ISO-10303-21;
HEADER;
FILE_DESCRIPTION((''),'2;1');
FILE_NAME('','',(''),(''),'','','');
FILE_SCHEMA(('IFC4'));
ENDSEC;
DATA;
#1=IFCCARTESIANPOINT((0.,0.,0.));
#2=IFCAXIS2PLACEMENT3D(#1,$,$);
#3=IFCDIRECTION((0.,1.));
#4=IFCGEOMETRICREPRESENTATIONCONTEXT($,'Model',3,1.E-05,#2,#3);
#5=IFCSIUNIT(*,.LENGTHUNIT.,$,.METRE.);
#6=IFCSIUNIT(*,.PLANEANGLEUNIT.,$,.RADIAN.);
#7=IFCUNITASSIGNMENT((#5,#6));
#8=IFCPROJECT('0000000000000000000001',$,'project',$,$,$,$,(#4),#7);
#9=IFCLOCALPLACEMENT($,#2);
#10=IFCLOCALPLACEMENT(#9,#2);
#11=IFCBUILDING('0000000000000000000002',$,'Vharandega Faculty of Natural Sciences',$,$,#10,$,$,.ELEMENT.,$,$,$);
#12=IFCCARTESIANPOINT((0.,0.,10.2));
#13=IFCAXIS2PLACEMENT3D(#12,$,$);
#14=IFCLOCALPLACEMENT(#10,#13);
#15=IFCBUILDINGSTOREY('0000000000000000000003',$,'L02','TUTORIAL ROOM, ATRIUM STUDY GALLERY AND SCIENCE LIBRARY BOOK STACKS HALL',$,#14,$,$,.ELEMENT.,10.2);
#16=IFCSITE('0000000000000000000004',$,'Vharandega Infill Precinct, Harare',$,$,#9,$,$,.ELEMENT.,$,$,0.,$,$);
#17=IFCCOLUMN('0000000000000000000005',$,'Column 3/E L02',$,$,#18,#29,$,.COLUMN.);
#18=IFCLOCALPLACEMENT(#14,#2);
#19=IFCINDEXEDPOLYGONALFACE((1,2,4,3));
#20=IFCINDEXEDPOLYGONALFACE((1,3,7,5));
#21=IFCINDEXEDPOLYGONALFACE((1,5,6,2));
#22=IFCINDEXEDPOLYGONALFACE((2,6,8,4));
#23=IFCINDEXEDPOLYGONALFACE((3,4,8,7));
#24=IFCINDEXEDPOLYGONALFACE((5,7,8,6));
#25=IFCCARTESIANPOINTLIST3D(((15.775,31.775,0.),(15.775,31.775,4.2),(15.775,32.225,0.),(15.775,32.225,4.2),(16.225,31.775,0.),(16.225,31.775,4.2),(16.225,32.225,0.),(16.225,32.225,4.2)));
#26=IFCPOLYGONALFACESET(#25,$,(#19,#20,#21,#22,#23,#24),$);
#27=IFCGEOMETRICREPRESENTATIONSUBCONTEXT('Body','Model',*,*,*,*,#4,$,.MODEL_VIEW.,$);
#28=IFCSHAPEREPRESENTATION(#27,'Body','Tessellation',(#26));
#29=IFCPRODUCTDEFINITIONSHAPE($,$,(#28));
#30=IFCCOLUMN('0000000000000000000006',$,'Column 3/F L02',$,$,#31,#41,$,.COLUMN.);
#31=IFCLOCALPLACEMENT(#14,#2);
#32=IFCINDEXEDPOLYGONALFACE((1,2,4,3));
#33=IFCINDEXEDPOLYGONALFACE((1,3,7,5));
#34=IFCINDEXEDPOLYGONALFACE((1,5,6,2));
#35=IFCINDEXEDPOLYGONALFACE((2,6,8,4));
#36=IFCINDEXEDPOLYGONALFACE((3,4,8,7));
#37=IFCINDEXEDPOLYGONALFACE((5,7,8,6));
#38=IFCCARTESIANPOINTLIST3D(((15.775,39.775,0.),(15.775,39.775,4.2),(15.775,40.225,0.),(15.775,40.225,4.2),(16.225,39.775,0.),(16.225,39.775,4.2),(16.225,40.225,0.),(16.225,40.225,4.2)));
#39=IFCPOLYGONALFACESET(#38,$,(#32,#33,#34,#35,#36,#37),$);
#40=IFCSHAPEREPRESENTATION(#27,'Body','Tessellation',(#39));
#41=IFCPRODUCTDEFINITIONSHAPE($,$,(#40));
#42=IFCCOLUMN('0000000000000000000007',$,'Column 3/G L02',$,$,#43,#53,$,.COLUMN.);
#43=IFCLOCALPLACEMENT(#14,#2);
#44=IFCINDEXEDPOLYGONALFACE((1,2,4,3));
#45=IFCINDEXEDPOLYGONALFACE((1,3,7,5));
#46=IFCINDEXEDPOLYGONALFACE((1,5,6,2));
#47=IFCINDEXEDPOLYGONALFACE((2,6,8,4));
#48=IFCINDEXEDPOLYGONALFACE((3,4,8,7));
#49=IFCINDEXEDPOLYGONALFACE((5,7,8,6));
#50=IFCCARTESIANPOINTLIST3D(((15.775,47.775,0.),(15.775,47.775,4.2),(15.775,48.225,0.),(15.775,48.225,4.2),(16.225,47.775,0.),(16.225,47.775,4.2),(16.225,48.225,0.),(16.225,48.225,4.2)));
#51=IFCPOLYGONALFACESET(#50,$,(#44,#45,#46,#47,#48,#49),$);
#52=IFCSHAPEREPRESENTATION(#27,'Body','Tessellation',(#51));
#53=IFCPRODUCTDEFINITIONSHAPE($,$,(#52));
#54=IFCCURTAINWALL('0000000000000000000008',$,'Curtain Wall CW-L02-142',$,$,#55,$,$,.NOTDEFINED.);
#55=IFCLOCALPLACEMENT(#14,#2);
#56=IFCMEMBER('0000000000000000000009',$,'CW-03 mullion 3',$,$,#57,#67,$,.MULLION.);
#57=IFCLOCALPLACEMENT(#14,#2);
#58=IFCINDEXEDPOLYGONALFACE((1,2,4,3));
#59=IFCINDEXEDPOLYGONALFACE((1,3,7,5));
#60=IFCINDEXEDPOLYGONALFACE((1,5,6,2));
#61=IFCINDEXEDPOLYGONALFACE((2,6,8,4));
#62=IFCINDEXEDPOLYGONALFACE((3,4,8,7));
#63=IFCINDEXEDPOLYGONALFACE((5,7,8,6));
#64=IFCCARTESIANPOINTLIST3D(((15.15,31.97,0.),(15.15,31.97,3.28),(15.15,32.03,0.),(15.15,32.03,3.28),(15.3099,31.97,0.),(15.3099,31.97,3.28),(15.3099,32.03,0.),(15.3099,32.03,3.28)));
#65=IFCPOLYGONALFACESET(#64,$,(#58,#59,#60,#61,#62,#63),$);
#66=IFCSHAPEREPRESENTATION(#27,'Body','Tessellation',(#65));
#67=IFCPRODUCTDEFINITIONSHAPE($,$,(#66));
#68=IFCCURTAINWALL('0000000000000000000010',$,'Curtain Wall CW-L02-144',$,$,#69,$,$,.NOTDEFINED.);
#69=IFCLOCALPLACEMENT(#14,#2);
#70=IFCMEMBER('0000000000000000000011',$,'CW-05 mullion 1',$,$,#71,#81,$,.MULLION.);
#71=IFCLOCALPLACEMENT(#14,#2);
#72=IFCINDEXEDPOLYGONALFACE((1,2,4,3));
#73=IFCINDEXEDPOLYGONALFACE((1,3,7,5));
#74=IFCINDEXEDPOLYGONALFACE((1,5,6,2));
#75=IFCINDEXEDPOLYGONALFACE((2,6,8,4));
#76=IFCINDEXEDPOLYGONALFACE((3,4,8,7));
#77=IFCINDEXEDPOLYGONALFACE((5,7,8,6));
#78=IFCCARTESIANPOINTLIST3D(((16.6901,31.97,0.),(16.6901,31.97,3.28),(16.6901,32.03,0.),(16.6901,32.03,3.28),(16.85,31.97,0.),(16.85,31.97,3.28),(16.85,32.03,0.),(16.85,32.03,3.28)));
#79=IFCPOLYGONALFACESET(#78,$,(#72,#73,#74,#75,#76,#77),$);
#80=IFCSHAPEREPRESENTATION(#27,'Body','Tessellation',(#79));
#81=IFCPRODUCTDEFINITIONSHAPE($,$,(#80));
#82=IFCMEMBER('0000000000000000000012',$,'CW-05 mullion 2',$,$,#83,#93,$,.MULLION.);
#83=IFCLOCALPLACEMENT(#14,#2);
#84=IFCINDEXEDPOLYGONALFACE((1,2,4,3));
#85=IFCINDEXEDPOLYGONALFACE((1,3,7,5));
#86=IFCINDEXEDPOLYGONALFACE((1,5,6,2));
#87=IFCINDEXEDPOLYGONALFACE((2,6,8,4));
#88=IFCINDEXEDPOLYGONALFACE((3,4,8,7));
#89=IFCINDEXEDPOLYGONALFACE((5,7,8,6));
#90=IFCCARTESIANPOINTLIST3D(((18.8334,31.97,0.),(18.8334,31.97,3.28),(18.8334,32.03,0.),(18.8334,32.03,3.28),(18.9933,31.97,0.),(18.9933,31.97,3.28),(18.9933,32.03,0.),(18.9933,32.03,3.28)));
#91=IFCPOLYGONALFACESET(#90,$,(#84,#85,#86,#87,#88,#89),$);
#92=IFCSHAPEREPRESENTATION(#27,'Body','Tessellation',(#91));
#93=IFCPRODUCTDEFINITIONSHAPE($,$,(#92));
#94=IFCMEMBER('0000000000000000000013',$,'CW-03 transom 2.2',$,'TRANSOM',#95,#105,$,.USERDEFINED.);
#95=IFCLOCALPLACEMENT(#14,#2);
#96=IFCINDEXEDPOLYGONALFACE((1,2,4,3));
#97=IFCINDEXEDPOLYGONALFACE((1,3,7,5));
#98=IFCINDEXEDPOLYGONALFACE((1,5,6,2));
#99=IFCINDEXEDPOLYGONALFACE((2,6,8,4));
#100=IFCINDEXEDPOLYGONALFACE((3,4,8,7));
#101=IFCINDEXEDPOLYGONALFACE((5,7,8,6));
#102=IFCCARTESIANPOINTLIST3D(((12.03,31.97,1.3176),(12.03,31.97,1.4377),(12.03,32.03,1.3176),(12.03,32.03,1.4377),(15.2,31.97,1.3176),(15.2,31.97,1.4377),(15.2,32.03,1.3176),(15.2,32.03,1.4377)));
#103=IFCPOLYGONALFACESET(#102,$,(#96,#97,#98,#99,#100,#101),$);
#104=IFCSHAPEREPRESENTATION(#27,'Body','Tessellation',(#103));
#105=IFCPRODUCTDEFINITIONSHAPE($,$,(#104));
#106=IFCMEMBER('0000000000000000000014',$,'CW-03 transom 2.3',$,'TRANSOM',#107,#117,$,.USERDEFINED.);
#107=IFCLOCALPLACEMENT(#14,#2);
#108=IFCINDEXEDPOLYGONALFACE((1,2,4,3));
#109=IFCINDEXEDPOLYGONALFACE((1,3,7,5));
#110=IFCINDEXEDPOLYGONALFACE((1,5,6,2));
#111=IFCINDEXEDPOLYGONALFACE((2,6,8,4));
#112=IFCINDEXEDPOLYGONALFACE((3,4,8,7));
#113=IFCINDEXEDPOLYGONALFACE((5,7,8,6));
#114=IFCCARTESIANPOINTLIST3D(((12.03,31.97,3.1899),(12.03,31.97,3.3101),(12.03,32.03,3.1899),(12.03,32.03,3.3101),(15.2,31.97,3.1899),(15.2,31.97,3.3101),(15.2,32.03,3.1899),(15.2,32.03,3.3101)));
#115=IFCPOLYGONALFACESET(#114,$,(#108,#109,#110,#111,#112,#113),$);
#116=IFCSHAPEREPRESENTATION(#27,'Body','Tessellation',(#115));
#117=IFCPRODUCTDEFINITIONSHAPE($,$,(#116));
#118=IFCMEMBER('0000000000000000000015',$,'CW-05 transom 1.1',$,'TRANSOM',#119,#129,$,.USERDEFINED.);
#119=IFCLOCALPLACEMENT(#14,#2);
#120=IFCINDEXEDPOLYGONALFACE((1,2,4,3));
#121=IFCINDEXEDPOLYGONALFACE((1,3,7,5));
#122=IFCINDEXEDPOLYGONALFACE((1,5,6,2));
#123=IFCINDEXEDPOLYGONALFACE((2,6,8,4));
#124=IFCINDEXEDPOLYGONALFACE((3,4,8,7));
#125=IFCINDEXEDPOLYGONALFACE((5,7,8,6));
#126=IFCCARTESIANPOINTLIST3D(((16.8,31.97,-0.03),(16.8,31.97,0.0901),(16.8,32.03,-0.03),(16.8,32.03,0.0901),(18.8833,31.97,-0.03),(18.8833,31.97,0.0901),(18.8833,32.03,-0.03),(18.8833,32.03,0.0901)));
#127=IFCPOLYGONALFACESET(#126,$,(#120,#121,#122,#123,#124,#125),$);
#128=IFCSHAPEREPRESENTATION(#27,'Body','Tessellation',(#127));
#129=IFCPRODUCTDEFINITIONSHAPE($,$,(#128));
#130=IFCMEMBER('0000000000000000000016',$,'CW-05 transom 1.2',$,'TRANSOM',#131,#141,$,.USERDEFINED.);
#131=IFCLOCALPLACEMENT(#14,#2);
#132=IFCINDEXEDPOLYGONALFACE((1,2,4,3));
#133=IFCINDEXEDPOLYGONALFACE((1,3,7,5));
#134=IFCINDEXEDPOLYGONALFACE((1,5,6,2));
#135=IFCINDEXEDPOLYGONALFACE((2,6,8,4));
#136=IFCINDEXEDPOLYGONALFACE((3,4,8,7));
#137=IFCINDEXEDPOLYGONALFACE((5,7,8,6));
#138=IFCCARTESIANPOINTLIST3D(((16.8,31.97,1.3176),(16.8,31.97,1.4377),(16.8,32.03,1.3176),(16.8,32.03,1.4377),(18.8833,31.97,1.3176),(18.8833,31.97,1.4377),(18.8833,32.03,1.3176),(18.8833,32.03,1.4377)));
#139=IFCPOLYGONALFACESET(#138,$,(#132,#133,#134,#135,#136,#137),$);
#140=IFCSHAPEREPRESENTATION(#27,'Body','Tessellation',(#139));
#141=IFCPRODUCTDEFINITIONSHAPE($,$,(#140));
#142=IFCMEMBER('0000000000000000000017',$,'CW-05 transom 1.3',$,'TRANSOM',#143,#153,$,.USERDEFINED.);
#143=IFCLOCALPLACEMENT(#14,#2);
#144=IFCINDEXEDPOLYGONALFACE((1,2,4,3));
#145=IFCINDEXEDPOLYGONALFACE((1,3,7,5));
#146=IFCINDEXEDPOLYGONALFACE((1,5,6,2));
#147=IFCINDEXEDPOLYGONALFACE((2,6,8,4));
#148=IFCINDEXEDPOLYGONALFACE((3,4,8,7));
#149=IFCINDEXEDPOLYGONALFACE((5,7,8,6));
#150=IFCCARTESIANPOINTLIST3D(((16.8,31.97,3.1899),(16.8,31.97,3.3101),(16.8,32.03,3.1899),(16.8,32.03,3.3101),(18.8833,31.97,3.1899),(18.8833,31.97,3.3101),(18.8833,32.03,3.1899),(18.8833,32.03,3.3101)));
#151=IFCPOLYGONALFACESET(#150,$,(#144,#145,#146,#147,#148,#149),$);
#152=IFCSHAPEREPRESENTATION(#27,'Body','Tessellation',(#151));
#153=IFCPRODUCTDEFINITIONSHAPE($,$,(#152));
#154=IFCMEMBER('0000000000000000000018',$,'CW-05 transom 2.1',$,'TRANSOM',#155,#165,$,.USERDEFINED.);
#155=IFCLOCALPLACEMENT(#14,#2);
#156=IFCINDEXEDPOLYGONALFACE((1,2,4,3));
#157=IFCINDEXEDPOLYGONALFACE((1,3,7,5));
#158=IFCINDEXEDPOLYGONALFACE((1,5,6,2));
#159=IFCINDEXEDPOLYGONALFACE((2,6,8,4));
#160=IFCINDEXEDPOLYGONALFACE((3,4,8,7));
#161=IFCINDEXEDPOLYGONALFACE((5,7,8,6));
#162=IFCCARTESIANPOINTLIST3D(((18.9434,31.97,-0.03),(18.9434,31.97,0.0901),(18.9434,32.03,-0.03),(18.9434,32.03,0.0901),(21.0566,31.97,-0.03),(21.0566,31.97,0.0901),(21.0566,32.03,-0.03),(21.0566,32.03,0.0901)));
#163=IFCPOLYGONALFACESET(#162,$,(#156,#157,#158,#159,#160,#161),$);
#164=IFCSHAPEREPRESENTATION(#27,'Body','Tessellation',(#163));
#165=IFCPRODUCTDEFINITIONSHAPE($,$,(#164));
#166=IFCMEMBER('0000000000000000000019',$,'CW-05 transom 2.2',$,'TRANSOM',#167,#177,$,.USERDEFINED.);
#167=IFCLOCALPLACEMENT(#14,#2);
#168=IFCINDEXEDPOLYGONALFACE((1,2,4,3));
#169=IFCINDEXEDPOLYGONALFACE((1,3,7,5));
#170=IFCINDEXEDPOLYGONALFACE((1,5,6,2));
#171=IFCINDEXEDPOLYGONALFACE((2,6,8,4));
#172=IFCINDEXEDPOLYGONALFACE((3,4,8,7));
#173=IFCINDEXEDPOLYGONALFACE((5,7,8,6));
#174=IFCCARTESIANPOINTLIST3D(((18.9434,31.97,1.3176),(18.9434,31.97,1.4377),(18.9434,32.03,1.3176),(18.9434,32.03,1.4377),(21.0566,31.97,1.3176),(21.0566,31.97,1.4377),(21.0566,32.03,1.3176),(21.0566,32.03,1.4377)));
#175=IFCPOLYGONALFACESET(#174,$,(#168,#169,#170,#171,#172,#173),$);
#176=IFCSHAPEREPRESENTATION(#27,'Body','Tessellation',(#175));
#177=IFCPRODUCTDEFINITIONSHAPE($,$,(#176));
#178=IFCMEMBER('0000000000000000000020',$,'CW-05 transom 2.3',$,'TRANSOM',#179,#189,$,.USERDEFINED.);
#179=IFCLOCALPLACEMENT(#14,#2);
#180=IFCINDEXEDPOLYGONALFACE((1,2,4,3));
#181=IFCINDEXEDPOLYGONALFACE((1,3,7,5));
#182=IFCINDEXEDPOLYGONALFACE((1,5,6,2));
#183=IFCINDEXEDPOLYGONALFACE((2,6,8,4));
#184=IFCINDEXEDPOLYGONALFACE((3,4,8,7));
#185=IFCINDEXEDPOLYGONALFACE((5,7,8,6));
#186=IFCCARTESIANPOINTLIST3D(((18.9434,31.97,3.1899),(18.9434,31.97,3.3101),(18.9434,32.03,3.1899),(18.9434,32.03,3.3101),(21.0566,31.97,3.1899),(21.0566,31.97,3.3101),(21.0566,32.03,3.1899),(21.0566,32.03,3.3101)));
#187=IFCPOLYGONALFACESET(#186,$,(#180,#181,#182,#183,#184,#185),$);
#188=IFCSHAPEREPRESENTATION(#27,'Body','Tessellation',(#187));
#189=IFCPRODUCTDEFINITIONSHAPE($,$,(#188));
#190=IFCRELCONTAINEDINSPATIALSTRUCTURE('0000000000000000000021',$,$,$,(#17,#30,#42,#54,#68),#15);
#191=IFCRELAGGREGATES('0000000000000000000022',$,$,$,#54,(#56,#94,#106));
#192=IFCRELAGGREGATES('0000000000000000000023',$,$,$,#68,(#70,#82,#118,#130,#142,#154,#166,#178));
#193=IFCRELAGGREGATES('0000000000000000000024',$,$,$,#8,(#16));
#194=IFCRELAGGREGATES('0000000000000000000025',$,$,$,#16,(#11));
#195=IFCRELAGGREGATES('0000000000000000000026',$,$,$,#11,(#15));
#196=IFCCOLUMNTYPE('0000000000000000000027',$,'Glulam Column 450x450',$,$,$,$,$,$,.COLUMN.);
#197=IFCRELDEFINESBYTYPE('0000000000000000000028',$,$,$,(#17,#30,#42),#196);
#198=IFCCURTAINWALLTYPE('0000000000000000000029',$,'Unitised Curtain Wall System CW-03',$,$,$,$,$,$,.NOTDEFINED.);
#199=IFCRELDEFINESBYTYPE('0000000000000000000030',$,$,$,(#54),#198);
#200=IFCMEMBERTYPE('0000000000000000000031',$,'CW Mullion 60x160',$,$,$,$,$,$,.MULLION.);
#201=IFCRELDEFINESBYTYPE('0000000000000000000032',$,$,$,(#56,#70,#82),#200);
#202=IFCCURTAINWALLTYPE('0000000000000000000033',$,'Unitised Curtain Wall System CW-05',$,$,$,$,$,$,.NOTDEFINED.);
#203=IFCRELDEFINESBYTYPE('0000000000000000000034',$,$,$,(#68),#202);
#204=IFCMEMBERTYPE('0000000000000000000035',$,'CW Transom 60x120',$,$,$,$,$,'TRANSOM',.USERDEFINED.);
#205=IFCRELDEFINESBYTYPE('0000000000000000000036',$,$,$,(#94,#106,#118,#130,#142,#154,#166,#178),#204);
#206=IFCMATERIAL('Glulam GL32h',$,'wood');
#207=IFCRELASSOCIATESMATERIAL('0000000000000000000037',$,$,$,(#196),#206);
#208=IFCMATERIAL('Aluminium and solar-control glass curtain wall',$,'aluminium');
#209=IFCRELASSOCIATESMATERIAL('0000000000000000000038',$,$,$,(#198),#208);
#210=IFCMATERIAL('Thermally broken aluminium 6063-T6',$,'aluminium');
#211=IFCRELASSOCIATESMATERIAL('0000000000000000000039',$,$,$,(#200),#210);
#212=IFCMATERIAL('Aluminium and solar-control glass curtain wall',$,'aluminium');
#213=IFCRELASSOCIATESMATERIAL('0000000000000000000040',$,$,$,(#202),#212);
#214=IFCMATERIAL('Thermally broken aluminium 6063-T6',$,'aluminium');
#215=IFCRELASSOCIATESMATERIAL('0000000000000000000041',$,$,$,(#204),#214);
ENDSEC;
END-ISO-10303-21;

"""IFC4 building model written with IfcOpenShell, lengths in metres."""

from ifc_helpers import new_model, si_unit, direction, frame, origin, origin_2d, place, context, subcontext, project, spatial, rectangle, extrude, material, material_profile, profile_set, type_object, element, aggregate, save


model = new_model("IFC4")

# Units and contexts
model_context = context("Model", 3, precision=1e-05, world=origin(), true_north=direction((0.0, 1.0)))
body_context = subcontext(model_context, "Body", "Model", "MODEL_VIEW")
ifc_project = project(units=[si_unit("LENGTHUNIT", "METRE"), si_unit("PLANEANGLEUNIT", "RADIAN")], contexts=[model_context])

# Site, building, storey
site_placement = place(None, origin())
site = spatial("IfcSite", under=ifc_project, at=site_placement, Name="Vharandega Infill Precinct, Harare", CompositionType="ELEMENT", RefElevation=0.0)
building_placement = place(site_placement, origin())
building = spatial("IfcBuilding", under=site, at=building_placement, Name="Vharandega Faculty of Natural Sciences", CompositionType="ELEMENT")
storey_placement = place(building_placement, frame((0.0, 0.0, 10.2)))
storey = spatial("IfcBuildingStorey", under=building, at=storey_placement, Name="L02", Description="TUTORIAL ROOM, ATRIUM STUDY GALLERY AND SCIENCE LIBRARY BOOK STACKS HALL", CompositionType="ELEMENT", Elevation=10.2)

# Columns
ifc_material_1 = material(Name="Glulam GL32h", Category="wood")
ifc_material_profile_1 = material_profile(ifc_material_1, rectangle(XDim=0.45, YDim=0.45, at=origin_2d()), Name="GL32h 450x450")
ifc_profile_set_1 = profile_set([ifc_material_profile_1], Name="Glulam GL32h")
column_type = type_object("IfcColumnType", Name="Glulam Column 450x450", PredefinedType="COLUMN", material=ifc_profile_set_1)
for number, where, z_axis, x_axis, name in (
    (1, (16.0, 32.0, 0.0), (0.0, 0.0, 1.0), (1.0, 0.0, 0.0), "Column 3/E L02"),
    (2, (16.0, 40.0, 0.0), (0.0, 0.0, 1.0), (1.0, 0.0, 0.0), "Column 3/F L02"),
    (3, (16.0, 48.0, 0.0), (0.0, 0.0, 1.0), (1.0, 0.0, 0.0), "Column 3/G L02"),
):
    element("IfcColumn", number, at=place(storey_placement, frame(where, z_axis=z_axis, x_axis=x_axis)), inside=storey, type_object=column_type, Name=name, PredefinedType="COLUMN", context=body_context, shape_type="SweptSolid", body=[
        extrude(rectangle(XDim=0.45, YDim=0.45, at=origin_2d()), origin(), (0.0, 0.0, 1.0), 4.2),
    ])

# Curtain wall, member
ifc_material_2 = material(Name="Aluminium and solar-control glass curtain wall", Category="aluminium")
curtain_wall_type_1 = type_object("IfcCurtainWallType", Name="Unitised Curtain Wall System CW-03", PredefinedType="NOTDEFINED", material=ifc_material_2)
curtain_wall_1_placement = place(storey_placement, origin())
curtain_wall_1 = element("IfcCurtainWall", 4, at=curtain_wall_1_placement, inside=storey, type_object=curtain_wall_type_1, Name="Curtain Wall CW-L02-142", PredefinedType="NOTDEFINED")
ifc_material_3 = material(Name="Thermally broken aluminium 6063-T6", Category="aluminium")
ifc_material_profile_2 = material_profile(ifc_material_3, rectangle(XDim=0.0601, YDim=0.1599, at=origin_2d()), Name="ALU 60x160")
ifc_profile_set_2 = profile_set([ifc_material_profile_2], Name="Thermally broken aluminium 6063-T6")
member_type_1 = type_object("IfcMemberType", Name="CW Mullion 60x160", PredefinedType="MULLION", material=ifc_profile_set_2)
member_1_placement = place(storey_placement, frame((15.23, 32.0, 0.0), z_axis=(0.0, 0.0, 1.0), x_axis=(0.0, 1.0, 0.0)))
member_1 = element("IfcMember", 5, at=member_1_placement, type_object=member_type_1, Name="CW-03 mullion 3", PredefinedType="MULLION", context=body_context, shape_type="SweptSolid", body=[
    extrude(rectangle(XDim=0.0601, YDim=0.1599, at=origin_2d()), origin(), (0.0, 0.0, 1.0), 3.28),
])

# Curtain wall, members
ifc_material_4 = material(Name="Aluminium and solar-control glass curtain wall", Category="aluminium")
curtain_wall_type_2 = type_object("IfcCurtainWallType", Name="Unitised Curtain Wall System CW-05", PredefinedType="NOTDEFINED", material=ifc_material_4)
curtain_wall_2_placement = place(storey_placement, origin())
curtain_wall_2 = element("IfcCurtainWall", 6, at=curtain_wall_2_placement, inside=storey, type_object=curtain_wall_type_2, Name="Curtain Wall CW-L02-144", PredefinedType="NOTDEFINED")
member_2_placement = place(storey_placement, frame((16.77, 32.0, 0.0), z_axis=(0.0, 0.0, 1.0), x_axis=(0.0, 1.0, 0.0)))
member_2 = element("IfcMember", 7, at=member_2_placement, type_object=member_type_1, Name="CW-05 mullion 1", PredefinedType="MULLION", context=body_context, shape_type="SweptSolid", body=[
    extrude(rectangle(XDim=0.0601, YDim=0.1599, at=origin_2d()), origin(), (0.0, 0.0, 1.0), 3.28),
])
member_3_placement = place(storey_placement, frame((18.9133, 32.0, 0.0), z_axis=(0.0, 0.0, 1.0), x_axis=(0.0, 1.0, 0.0)))
member_3 = element("IfcMember", 8, at=member_3_placement, type_object=member_type_1, Name="CW-05 mullion 2", PredefinedType="MULLION", context=body_context, shape_type="SweptSolid", body=[
    extrude(rectangle(XDim=0.0601, YDim=0.1599, at=origin_2d()), origin(), (0.0, 0.0, 1.0), 3.28),
])

# Members
ifc_material_5 = material(Name="Thermally broken aluminium 6063-T6", Category="aluminium")
ifc_material_profile_3 = material_profile(ifc_material_5, rectangle(XDim=0.0601, YDim=0.1201, at=origin_2d()), Name="ALU 60x120")
ifc_profile_set_3 = profile_set([ifc_material_profile_3], Name="Thermally broken aluminium 6063-T6")
member_type_2 = type_object("IfcMemberType", Name="CW Transom 60x120", ElementType="TRANSOM", PredefinedType="USERDEFINED", material=ifc_profile_set_3)
member_4_placement = place(storey_placement, frame((12.03, 32.0, 1.3777), z_axis=(1.0, 0.0, 0.0), x_axis=(0.0, 1.0, 0.0)))
member_4 = element("IfcMember", 9, at=member_4_placement, type_object=member_type_2, Name="CW-03 transom 2.2", ObjectType="TRANSOM", PredefinedType="USERDEFINED", context=body_context, shape_type="SweptSolid", body=[
    extrude(rectangle(XDim=0.0601, YDim=0.1201, at=origin_2d()), origin(), (0.0, 0.0, 1.0), 3.1699),
])
member_5_placement = place(storey_placement, frame((12.03, 32.0, 3.25), z_axis=(1.0, 0.0, 0.0), x_axis=(0.0, 1.0, 0.0)))
member_5 = element("IfcMember", 10, at=member_5_placement, type_object=member_type_2, Name="CW-03 transom 2.3", ObjectType="TRANSOM", PredefinedType="USERDEFINED", context=body_context, shape_type="SweptSolid", body=[
    extrude(rectangle(XDim=0.0601, YDim=0.1201, at=origin_2d()), origin(), (0.0, 0.0, 1.0), 3.1699),
])
member_6_placement = place(storey_placement, frame((16.8, 32.0, 0.03), z_axis=(1.0, 0.0, 0.0), x_axis=(0.0, 1.0, 0.0)))
member_6 = element("IfcMember", 11, at=member_6_placement, type_object=member_type_2, Name="CW-05 transom 1.1", ObjectType="TRANSOM", PredefinedType="USERDEFINED", context=body_context, shape_type="SweptSolid", body=[
    extrude(rectangle(XDim=0.0601, YDim=0.1201, at=origin_2d()), origin(), (0.0, 0.0, 1.0), 2.0833),
])
member_7_placement = place(storey_placement, frame((16.8, 32.0, 1.3777), z_axis=(1.0, 0.0, 0.0), x_axis=(0.0, 1.0, 0.0)))
member_7 = element("IfcMember", 12, at=member_7_placement, type_object=member_type_2, Name="CW-05 transom 1.2", ObjectType="TRANSOM", PredefinedType="USERDEFINED", context=body_context, shape_type="SweptSolid", body=[
    extrude(rectangle(XDim=0.0601, YDim=0.1201, at=origin_2d()), origin(), (0.0, 0.0, 1.0), 2.0833),
])
member_8_placement = place(storey_placement, frame((16.8, 32.0, 3.25), z_axis=(1.0, 0.0, 0.0), x_axis=(0.0, 1.0, 0.0)))
member_8 = element("IfcMember", 13, at=member_8_placement, type_object=member_type_2, Name="CW-05 transom 1.3", ObjectType="TRANSOM", PredefinedType="USERDEFINED", context=body_context, shape_type="SweptSolid", body=[
    extrude(rectangle(XDim=0.0601, YDim=0.1201, at=origin_2d()), origin(), (0.0, 0.0, 1.0), 2.0833),
])
member_9_placement = place(storey_placement, frame((18.9434, 32.0, 0.03), z_axis=(1.0, 0.0, 0.0), x_axis=(0.0, 1.0, 0.0)))
member_9 = element("IfcMember", 14, at=member_9_placement, type_object=member_type_2, Name="CW-05 transom 2.1", ObjectType="TRANSOM", PredefinedType="USERDEFINED", context=body_context, shape_type="SweptSolid", body=[
    extrude(rectangle(XDim=0.0601, YDim=0.1201, at=origin_2d()), origin(), (0.0, 0.0, 1.0), 2.1133),
])
member_10_placement = place(storey_placement, frame((18.9434, 32.0, 1.3777), z_axis=(1.0, 0.0, 0.0), x_axis=(0.0, 1.0, 0.0)))
member_10 = element("IfcMember", 15, at=member_10_placement, type_object=member_type_2, Name="CW-05 transom 2.2", ObjectType="TRANSOM", PredefinedType="USERDEFINED", context=body_context, shape_type="SweptSolid", body=[
    extrude(rectangle(XDim=0.0601, YDim=0.1201, at=origin_2d()), origin(), (0.0, 0.0, 1.0), 2.1133),
])
member_11_placement = place(storey_placement, frame((18.9434, 32.0, 3.25), z_axis=(1.0, 0.0, 0.0), x_axis=(0.0, 1.0, 0.0)))
member_11 = element("IfcMember", 16, at=member_11_placement, type_object=member_type_2, Name="CW-05 transom 2.3", ObjectType="TRANSOM", PredefinedType="USERDEFINED", context=body_context, shape_type="SweptSolid", body=[
    extrude(rectangle(XDim=0.0601, YDim=0.1201, at=origin_2d()), origin(), (0.0, 0.0, 1.0), 2.1133),
])

aggregate(curtain_wall_1, [member_1, member_4, member_5])
aggregate(curtain_wall_2, [member_2, member_3, member_6, member_7, member_8, member_9, member_10, member_11])

save(model, "model.ifc")
